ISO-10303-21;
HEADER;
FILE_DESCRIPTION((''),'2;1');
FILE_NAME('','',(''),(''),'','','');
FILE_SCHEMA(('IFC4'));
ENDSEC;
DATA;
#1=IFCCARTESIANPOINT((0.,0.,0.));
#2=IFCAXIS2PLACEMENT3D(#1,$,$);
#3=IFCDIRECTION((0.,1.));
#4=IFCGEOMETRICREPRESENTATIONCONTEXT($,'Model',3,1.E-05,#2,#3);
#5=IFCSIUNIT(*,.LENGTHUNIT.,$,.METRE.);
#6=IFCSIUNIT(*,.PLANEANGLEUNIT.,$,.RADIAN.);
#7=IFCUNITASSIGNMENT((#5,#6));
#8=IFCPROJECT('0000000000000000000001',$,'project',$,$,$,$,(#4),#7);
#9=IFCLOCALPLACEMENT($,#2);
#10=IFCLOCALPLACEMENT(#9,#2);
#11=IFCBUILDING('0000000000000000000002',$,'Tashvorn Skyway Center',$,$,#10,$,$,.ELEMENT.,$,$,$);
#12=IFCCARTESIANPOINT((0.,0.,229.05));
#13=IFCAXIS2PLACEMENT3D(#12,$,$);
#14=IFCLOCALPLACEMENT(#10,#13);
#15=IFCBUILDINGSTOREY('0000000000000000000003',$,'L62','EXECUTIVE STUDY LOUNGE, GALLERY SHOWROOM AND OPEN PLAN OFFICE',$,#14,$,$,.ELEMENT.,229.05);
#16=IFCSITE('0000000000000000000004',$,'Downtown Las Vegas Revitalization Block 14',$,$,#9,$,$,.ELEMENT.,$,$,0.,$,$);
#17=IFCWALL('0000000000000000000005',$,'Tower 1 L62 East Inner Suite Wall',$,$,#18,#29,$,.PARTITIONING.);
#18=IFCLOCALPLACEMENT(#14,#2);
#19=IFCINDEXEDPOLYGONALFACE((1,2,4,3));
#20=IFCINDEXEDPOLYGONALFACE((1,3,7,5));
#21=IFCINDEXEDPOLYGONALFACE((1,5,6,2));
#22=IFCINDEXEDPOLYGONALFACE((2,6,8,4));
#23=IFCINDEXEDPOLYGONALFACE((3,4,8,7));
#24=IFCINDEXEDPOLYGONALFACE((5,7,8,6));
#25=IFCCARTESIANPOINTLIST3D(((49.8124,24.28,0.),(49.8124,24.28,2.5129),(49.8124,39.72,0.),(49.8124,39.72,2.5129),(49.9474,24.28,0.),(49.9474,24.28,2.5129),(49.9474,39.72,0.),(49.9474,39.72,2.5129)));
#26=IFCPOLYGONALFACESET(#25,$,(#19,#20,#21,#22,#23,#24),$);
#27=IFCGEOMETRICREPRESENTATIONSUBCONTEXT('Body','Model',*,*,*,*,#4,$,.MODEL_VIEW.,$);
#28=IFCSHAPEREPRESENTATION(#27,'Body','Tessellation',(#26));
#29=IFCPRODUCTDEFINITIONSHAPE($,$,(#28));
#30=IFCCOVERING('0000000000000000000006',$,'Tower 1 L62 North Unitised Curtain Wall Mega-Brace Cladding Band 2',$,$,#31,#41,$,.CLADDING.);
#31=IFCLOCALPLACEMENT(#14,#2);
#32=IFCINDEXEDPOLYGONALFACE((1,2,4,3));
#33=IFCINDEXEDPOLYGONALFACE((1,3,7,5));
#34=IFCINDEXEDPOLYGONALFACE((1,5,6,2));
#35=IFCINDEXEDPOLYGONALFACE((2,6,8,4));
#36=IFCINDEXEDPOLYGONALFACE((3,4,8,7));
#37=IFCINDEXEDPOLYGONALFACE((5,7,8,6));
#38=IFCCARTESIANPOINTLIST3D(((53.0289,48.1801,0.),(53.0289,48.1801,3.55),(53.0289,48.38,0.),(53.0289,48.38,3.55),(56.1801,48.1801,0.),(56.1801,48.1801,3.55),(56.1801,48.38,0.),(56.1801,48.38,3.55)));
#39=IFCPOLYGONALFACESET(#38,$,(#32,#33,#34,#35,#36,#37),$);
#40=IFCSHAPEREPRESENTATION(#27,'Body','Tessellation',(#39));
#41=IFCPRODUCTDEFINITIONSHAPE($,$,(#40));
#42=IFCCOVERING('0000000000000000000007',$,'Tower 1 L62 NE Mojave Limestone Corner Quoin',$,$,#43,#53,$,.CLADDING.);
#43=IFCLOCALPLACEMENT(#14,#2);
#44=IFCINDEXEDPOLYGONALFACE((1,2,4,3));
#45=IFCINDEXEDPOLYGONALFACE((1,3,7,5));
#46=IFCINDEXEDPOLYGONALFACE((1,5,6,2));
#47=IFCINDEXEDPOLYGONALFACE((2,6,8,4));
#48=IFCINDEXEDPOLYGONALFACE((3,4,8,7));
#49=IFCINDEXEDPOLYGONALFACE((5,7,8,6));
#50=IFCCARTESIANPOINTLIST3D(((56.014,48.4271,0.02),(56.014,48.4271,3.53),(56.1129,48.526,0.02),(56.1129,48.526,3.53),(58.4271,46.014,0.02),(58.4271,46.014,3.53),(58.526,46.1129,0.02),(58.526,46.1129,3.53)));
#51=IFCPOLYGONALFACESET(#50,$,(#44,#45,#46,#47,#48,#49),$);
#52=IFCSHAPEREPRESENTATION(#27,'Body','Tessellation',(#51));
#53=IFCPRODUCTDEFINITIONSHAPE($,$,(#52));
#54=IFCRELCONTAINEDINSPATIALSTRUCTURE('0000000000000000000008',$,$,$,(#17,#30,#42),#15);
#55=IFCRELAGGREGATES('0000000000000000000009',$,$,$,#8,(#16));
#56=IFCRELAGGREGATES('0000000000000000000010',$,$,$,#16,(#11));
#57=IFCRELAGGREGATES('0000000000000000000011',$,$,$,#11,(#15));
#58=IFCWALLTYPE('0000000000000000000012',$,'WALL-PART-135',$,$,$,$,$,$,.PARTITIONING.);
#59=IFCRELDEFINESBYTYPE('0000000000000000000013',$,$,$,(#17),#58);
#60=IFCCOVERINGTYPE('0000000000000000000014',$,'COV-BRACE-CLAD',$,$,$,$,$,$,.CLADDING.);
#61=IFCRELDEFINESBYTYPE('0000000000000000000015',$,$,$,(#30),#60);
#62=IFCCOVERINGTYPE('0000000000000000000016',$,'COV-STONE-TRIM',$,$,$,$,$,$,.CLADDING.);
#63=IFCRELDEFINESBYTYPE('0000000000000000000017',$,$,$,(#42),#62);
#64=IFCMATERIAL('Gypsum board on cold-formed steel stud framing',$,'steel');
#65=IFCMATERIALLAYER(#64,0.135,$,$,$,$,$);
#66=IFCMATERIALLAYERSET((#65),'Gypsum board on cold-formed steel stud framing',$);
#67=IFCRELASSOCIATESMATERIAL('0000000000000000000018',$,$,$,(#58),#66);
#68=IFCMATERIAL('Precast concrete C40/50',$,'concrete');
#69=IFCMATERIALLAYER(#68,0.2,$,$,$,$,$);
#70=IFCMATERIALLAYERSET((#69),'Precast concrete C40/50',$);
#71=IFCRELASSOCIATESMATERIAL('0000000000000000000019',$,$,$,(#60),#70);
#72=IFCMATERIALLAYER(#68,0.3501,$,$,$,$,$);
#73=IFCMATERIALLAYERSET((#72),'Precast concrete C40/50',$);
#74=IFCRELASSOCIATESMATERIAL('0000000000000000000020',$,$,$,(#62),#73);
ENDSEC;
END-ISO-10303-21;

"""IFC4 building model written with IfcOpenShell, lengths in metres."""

from ifc_helpers import new_model, si_unit, direction, frame, frame_2d, origin, origin_2d, place, context, subcontext, project, spatial, rectangle, extrude, material, layer, layer_set, type_object, element, save


model = new_model("IFC4")

# Units and contexts
model_context = context("Model", 3, precision=1e-05, world=origin(), true_north=direction((0.0, 1.0)))
body_context = subcontext(model_context, "Body", "Model", "MODEL_VIEW")
ifc_project = project(units=[si_unit("LENGTHUNIT", "METRE"), si_unit("PLANEANGLEUNIT", "RADIAN")], contexts=[model_context])

# Site, building, storey
site_placement = place(None, origin())
site = spatial("IfcSite", under=ifc_project, at=site_placement, Name="Downtown Las Vegas Revitalization Block 14", CompositionType="ELEMENT", RefElevation=0.0)
building_placement = place(site_placement, origin())
building = spatial("IfcBuilding", under=site, at=building_placement, Name="Tashvorn Skyway Center", CompositionType="ELEMENT")
storey_placement = place(building_placement, frame((0.0, 0.0, 229.05)))
storey = spatial("IfcBuildingStorey", under=building, at=storey_placement, Name="L62", Description="EXECUTIVE STUDY LOUNGE, GALLERY SHOWROOM AND OPEN PLAN OFFICE", CompositionType="ELEMENT", Elevation=229.05)

# Shared definitions
ifc_material_1 = material(Name="Precast concrete C40/50", Category="concrete")

# Shared definitions
ifc_material_2 = material(Name="Gypsum board on cold-formed steel stud framing", Category="steel")

# Wall
ifc_layer_1 = layer(ifc_material_2, 0.135)
ifc_layer_set_1 = layer_set([ifc_layer_1], Name="Gypsum board on cold-formed steel stud framing")
wall_type_1 = type_object("IfcWallType", Name="WALL-PART-135", PredefinedType="PARTITIONING", material=ifc_layer_set_1)
wall_1_placement = place(storey_placement, frame((49.8799, 39.72, 0.0), z_axis=(0.0, 0.0, 1.0), x_axis=(0.0, -1.0, 0.0)))
element("IfcWall", 1, at=wall_1_placement, inside=storey, type_object=wall_type_1, Name="Tower 1 L62 East Inner Suite Wall", PredefinedType="PARTITIONING", context=body_context, shape_type="SweptSolid", body=[
    extrude(rectangle(XDim=15.4399, YDim=0.135, at=frame_2d((7.72, 0.0))), origin(), (0.0, 0.0, 1.0), 2.5129),
])

# Coverings
ifc_layer_2 = layer(ifc_material_1, 0.2)
ifc_layer_set_2 = layer_set([ifc_layer_2], Name="Precast concrete C40/50")
covering_type_1 = type_object("IfcCoveringType", Name="COV-BRACE-CLAD", PredefinedType="CLADDING", material=ifc_layer_set_2)
covering_1_placement = place(storey_placement, frame((54.6045, 48.28, 0.0), z_axis=(0.0, 0.0, 1.0), x_axis=(1.0, 0.0, 0.0)))
element("IfcCovering", 2, at=covering_1_placement, inside=storey, type_object=covering_type_1, Name="Tower 1 L62 North Unitised Curtain Wall Mega-Brace Cladding Band 2", PredefinedType="CLADDING", context=body_context, shape_type="SweptSolid", body=[
    extrude(rectangle(XDim=3.1511, YDim=0.2, at=origin_2d()), origin(), (0.0, 0.0, 1.0), 3.55),
])
ifc_layer_3 = layer(ifc_material_1, 0.3501)
ifc_layer_set_3 = layer_set([ifc_layer_3], Name="Precast concrete C40/50")
covering_type_2 = type_object("IfcCoveringType", Name="COV-STONE-TRIM", PredefinedType="CLADDING", material=ifc_layer_set_3)
covering_2_placement = place(storey_placement, frame((57.27, 47.27, 0.02), z_axis=(0.0, 0.0, 1.0), x_axis=(0.707107, -0.707107, 0.0)))
element("IfcCovering", 3, at=covering_2_placement, inside=storey, type_object=covering_type_2, Name="Tower 1 L62 NE Mojave Limestone Corner Quoin", PredefinedType="CLADDING", context=body_context, shape_type="SweptSolid", body=[
    extrude(rectangle(XDim=3.4126, YDim=0.1399, at=origin_2d()), origin(), (0.0, 0.0, 1.0), 3.51),
])

save(model, "model.ifc")
